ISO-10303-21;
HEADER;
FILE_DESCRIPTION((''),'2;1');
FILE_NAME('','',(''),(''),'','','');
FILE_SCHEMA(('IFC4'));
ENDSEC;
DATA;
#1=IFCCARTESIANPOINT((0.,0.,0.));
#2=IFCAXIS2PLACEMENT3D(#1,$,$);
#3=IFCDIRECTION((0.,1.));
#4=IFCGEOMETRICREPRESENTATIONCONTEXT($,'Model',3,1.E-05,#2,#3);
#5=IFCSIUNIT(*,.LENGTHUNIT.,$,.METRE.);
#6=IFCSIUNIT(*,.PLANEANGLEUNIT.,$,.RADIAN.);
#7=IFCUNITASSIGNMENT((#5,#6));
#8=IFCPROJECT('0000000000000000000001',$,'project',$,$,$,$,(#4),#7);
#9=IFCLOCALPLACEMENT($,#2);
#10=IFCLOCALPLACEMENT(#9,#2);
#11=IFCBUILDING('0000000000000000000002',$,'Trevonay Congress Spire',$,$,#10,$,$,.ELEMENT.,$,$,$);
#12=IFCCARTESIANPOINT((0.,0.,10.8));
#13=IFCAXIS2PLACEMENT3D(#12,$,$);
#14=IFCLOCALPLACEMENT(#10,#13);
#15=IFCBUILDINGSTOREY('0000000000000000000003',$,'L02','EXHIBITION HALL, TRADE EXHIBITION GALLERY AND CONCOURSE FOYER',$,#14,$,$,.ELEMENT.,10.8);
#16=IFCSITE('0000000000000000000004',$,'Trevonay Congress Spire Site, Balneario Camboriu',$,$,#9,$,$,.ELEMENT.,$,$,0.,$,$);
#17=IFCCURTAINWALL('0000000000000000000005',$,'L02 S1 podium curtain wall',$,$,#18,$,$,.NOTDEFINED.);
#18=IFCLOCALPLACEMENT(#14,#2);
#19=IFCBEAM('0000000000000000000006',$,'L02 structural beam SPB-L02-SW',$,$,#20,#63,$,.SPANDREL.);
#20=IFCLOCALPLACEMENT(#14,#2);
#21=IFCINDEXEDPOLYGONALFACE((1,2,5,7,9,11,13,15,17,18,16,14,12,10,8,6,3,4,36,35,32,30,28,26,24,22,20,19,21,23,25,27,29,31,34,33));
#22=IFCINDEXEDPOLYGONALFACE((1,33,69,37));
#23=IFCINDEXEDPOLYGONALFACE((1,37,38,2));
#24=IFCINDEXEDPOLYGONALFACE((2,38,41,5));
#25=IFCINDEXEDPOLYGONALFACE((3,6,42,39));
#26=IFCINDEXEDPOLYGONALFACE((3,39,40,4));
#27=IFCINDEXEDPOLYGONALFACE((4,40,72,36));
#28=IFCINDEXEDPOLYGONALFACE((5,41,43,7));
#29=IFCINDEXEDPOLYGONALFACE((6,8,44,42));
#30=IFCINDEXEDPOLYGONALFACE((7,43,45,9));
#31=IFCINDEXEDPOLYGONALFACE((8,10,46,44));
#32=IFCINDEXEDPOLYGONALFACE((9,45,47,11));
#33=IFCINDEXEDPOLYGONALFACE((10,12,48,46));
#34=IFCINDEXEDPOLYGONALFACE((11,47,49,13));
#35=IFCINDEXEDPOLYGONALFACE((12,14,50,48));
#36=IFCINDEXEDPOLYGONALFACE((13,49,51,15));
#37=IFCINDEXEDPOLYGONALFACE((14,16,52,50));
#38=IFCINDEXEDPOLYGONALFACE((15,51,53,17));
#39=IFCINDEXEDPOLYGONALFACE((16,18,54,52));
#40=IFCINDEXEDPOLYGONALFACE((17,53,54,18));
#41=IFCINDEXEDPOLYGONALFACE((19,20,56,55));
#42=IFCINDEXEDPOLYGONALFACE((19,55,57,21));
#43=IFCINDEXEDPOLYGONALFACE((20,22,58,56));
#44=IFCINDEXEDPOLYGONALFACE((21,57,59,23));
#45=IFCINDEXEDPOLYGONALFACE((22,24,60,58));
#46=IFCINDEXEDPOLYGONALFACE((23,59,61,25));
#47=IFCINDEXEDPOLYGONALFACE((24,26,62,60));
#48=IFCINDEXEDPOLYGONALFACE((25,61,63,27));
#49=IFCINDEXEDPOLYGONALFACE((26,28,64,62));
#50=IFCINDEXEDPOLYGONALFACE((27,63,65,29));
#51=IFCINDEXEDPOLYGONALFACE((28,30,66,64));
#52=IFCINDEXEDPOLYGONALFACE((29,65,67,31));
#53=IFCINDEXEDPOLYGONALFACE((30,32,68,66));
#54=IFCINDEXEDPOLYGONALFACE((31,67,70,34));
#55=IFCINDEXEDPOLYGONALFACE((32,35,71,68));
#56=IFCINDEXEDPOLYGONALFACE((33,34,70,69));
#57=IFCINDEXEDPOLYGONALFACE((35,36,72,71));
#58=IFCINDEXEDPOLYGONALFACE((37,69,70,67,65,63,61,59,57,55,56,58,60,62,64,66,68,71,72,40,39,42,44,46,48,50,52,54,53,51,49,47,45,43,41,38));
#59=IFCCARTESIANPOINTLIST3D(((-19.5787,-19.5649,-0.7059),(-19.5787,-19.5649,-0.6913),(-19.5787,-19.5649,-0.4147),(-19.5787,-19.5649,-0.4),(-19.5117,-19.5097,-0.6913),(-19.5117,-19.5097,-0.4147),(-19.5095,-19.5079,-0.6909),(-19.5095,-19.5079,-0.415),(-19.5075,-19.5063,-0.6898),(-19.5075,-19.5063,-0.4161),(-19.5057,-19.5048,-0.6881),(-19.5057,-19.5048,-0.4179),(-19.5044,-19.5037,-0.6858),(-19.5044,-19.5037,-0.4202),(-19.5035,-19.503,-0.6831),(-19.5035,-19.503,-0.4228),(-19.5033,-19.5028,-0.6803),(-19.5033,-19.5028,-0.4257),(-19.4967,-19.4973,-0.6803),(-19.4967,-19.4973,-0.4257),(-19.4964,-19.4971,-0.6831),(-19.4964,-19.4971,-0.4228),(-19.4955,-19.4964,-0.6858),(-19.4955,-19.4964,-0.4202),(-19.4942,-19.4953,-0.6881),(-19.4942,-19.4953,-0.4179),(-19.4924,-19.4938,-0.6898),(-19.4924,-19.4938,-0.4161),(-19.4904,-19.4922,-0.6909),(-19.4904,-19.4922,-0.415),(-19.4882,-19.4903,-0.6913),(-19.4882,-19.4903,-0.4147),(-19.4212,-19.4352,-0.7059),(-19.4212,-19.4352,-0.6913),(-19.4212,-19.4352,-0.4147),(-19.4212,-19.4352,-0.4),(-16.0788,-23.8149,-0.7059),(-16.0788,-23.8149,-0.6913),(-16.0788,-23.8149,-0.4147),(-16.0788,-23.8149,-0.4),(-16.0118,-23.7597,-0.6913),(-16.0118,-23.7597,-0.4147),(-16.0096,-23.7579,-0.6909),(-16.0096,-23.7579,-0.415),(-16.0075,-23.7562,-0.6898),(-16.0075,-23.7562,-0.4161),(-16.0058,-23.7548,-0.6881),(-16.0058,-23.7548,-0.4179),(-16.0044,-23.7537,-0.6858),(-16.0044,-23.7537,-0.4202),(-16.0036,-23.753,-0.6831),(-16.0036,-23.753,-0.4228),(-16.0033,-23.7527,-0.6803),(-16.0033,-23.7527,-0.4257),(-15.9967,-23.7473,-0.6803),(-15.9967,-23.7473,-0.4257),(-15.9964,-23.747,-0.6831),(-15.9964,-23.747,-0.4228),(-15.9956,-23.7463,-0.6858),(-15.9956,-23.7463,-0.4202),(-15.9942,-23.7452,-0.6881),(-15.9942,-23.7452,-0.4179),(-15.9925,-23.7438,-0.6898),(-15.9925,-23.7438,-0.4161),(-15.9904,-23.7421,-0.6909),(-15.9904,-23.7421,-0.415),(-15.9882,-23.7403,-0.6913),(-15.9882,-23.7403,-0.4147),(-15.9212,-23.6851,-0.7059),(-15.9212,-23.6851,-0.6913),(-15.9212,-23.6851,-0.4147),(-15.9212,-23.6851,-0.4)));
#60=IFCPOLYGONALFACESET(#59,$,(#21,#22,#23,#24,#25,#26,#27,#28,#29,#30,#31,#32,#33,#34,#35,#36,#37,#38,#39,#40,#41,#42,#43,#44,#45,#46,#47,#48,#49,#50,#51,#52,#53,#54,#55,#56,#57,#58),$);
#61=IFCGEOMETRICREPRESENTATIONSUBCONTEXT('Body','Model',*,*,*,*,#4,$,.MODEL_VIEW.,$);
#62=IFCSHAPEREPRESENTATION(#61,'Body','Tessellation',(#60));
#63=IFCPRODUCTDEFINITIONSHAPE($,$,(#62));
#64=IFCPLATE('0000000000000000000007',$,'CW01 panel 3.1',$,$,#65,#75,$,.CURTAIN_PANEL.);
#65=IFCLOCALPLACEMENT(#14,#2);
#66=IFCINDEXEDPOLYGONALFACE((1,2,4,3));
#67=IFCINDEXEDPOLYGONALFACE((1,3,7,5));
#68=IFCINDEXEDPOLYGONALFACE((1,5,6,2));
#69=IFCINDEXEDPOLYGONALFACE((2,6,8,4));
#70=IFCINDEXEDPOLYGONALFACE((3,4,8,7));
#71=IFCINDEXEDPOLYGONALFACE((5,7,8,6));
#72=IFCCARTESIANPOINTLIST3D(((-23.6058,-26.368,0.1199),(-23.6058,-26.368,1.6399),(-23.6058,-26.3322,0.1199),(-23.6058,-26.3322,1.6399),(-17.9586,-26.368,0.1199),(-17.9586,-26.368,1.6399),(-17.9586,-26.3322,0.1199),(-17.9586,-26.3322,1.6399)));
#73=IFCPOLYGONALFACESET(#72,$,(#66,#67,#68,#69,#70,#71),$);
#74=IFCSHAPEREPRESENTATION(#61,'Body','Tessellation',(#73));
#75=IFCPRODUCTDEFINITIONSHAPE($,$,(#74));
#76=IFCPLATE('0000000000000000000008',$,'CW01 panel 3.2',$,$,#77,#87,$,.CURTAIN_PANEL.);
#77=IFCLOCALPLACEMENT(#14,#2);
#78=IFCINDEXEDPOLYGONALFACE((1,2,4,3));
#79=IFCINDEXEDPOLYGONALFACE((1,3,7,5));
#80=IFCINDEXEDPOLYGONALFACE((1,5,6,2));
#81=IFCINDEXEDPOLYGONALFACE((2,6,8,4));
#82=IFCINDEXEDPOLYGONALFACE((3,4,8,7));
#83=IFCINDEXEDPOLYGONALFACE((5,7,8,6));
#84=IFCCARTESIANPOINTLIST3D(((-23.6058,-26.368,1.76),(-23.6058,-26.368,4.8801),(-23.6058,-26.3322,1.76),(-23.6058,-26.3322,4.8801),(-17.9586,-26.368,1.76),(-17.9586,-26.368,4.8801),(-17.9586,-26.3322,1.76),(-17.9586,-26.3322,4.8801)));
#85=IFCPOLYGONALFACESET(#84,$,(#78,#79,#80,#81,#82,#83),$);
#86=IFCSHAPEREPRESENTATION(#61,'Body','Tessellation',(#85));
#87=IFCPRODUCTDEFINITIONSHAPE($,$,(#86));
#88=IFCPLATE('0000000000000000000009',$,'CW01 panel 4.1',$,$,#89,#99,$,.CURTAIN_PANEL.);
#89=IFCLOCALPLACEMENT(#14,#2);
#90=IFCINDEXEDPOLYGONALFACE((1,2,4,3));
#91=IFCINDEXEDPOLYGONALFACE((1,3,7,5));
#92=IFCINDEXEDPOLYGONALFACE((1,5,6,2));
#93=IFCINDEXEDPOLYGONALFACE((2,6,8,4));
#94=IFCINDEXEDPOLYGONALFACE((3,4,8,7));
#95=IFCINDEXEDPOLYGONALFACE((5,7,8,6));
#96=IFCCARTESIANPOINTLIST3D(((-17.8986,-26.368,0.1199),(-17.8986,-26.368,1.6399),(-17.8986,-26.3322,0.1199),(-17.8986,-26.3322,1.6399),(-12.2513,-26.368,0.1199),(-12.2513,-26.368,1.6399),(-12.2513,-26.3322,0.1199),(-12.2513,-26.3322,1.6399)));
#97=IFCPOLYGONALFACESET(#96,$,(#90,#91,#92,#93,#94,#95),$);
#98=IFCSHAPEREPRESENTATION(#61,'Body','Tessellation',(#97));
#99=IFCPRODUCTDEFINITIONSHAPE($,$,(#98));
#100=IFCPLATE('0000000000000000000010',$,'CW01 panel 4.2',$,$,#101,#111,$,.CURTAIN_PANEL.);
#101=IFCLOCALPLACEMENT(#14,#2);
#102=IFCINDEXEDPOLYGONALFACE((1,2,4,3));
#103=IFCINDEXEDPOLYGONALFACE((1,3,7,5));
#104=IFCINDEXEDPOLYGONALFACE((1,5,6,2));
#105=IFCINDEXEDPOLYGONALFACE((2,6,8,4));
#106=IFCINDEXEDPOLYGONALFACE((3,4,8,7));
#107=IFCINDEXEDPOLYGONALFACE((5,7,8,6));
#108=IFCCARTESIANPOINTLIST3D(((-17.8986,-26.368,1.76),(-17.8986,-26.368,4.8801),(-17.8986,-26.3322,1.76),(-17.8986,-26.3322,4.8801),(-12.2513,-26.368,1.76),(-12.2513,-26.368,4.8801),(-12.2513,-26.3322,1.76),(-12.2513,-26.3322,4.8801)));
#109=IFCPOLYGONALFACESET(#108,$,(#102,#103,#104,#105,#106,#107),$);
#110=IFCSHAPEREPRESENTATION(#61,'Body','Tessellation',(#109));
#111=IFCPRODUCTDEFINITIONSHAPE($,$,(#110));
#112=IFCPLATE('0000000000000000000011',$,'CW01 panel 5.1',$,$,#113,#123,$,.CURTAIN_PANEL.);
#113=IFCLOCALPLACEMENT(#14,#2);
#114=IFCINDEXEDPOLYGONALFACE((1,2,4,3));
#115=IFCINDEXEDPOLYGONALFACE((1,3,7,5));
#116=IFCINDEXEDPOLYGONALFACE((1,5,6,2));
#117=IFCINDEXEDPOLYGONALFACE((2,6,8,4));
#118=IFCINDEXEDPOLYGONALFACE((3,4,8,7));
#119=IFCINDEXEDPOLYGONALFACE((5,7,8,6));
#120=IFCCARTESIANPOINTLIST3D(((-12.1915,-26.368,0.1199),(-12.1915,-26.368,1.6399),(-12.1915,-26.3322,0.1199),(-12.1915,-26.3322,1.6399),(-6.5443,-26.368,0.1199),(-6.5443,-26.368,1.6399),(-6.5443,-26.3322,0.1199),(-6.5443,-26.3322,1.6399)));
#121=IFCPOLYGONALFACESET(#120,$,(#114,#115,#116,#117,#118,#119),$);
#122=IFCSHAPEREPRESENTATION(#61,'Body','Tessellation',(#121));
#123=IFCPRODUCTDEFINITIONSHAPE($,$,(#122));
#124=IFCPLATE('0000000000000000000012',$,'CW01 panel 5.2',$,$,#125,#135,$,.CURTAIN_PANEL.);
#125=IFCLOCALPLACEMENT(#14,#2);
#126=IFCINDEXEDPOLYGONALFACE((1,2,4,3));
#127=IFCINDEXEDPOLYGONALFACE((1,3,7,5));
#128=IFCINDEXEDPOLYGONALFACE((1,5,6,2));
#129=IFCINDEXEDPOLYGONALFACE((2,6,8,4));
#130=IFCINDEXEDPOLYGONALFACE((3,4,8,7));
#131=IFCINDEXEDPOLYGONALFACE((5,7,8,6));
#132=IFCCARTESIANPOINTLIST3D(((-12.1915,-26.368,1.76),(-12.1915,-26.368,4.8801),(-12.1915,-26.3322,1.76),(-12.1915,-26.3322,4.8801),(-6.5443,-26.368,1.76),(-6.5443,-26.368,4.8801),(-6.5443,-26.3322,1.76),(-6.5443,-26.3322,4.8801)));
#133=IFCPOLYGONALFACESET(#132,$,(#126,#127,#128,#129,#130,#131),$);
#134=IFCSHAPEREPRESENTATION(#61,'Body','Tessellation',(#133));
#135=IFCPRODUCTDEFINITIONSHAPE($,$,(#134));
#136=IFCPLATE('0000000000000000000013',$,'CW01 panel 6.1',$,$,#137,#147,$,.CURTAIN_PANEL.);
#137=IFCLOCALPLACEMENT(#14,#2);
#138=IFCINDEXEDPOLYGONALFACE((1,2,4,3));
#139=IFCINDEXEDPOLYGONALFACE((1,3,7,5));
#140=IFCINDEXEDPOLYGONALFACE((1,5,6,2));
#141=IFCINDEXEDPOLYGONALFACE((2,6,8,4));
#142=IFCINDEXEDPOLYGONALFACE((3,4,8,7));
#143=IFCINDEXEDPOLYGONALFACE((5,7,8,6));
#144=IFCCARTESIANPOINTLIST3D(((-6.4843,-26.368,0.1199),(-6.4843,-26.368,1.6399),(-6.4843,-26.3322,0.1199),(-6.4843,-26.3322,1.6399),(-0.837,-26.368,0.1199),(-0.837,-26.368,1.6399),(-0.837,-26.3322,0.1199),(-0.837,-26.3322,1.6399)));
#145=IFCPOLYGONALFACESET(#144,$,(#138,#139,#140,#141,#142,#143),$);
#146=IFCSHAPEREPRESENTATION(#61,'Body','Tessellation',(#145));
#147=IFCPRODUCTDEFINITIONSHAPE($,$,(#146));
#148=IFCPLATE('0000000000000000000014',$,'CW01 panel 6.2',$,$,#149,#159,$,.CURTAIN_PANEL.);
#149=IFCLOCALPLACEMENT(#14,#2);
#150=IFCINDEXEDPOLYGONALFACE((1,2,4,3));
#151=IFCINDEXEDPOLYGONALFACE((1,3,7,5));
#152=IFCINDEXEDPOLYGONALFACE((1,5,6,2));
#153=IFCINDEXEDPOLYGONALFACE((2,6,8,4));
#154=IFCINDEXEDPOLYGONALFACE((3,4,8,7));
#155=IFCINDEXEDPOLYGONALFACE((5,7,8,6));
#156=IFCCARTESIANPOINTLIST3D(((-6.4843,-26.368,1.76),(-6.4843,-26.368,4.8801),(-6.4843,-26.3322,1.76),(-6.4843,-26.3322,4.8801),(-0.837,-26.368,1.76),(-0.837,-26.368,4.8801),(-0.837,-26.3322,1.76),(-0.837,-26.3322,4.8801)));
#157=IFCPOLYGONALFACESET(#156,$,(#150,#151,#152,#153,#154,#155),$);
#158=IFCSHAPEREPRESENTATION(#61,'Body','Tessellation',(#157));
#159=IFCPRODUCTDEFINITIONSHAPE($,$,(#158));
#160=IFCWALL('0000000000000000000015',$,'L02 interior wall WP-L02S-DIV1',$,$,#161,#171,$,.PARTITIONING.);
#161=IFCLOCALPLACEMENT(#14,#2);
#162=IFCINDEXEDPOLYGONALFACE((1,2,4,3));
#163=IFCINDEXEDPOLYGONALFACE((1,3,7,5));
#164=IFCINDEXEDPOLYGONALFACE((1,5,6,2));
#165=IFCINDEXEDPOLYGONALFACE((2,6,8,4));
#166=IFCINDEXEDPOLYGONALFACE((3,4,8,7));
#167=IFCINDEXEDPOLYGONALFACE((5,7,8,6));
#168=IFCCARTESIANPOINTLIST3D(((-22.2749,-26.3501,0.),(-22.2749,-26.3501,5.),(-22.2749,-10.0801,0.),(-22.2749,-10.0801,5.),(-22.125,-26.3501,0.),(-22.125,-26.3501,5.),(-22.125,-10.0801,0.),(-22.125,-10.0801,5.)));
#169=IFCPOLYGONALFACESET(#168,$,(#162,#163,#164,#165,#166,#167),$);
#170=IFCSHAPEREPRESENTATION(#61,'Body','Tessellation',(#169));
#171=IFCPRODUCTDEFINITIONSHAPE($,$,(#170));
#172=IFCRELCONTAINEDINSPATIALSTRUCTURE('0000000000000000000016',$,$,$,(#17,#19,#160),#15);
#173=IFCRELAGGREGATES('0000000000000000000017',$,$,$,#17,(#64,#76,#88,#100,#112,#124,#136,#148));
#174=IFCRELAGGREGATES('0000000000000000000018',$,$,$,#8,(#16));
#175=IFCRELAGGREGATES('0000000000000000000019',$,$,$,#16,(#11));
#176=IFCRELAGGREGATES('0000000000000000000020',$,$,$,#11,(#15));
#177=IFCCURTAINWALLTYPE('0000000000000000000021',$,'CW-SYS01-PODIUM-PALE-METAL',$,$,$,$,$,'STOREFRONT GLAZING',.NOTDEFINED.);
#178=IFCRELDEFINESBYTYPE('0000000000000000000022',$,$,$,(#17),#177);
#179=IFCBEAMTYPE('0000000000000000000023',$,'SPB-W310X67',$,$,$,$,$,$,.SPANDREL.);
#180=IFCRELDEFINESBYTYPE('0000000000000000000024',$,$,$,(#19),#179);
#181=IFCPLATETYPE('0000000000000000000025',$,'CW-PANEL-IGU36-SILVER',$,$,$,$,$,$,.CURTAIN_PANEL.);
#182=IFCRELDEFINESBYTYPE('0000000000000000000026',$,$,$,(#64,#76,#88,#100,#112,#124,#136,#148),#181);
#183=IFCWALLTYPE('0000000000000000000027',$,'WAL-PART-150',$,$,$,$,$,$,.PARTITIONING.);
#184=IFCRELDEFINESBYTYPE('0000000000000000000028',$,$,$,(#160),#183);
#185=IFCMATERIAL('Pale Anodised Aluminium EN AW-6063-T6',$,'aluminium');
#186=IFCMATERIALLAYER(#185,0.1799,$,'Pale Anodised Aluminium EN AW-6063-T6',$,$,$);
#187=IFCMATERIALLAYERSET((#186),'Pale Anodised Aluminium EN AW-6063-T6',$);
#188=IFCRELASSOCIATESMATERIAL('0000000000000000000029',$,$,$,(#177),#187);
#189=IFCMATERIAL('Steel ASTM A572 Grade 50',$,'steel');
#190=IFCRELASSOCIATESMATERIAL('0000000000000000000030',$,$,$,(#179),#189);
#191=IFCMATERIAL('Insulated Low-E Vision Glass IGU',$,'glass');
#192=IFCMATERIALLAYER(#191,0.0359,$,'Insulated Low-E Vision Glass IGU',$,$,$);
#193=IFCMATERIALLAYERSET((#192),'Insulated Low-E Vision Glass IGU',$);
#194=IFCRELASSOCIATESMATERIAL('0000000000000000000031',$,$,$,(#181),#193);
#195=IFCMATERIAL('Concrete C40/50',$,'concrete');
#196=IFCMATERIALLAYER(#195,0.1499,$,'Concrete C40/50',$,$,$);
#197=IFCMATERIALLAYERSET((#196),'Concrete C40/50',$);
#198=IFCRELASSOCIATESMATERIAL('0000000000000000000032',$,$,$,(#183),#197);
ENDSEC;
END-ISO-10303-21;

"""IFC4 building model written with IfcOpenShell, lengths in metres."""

from ifc_helpers import new_model, si_unit, direction, frame, frame_2d, origin, origin_2d, place, context, subcontext, project, spatial, rectangle, i_section, extrude, material, layer, layer_set, material_profile, profile_set, type_object, element, aggregate, save


model = new_model("IFC4")

# Units and contexts
model_context = context("Model", 3, precision=1e-05, world=origin(), true_north=direction((0.0, 1.0)))
body_context = subcontext(model_context, "Body", "Model", "MODEL_VIEW")
ifc_project = project(units=[si_unit("LENGTHUNIT", "METRE"), si_unit("PLANEANGLEUNIT", "RADIAN")], contexts=[model_context])

# Site, building, storey
site_placement = place(None, origin())
site = spatial("IfcSite", under=ifc_project, at=site_placement, Name="Trevonay Congress Spire Site, Balneario Camboriu", CompositionType="ELEMENT", RefElevation=0.0)
building_placement = place(site_placement, origin())
building = spatial("IfcBuilding", under=site, at=building_placement, Name="Trevonay Congress Spire", CompositionType="ELEMENT")
storey_placement = place(building_placement, frame((0.0, 0.0, 10.8)))
storey = spatial("IfcBuildingStorey", under=building, at=storey_placement, Name="L02", Description="EXHIBITION HALL, TRADE EXHIBITION GALLERY AND CONCOURSE FOYER", CompositionType="ELEMENT", Elevation=10.8)

# Shared definitions
ifc_material_1 = material(Name="Steel ASTM A572 Grade 50", Category="steel")

# Curtain wall
ifc_material_2 = material(Name="Pale Anodised Aluminium EN AW-6063-T6", Category="aluminium")
ifc_layer_1 = layer(ifc_material_2, 0.1799, Name="Pale Anodised Aluminium EN AW-6063-T6")
ifc_layer_set_1 = layer_set([ifc_layer_1], Name="Pale Anodised Aluminium EN AW-6063-T6")
curtain_wall_type = type_object("IfcCurtainWallType", Name="CW-SYS01-PODIUM-PALE-METAL", ElementType="STOREFRONT GLAZING", PredefinedType="NOTDEFINED", material=ifc_layer_set_1)
curtain_wall_placement = place(storey_placement, origin())
curtain_wall = element("IfcCurtainWall", 1, at=curtain_wall_placement, inside=storey, type_object=curtain_wall_type, Name="L02 S1 podium curtain wall", PredefinedType="NOTDEFINED")

# Beam
ifc_material_profile_1 = material_profile(ifc_material_1, i_section(OverallWidth=0.2041, OverallDepth=0.3059, WebThickness=0.0085, FlangeThickness=0.0146, FilletRadius=0.011, at=origin_2d()), Name="W310x67")
ifc_profile_set_1 = profile_set([ifc_material_profile_1], Name="Steel ASTM A572 Grade 50")
beam_type_1 = type_object("IfcBeamType", Name="SPB-W310X67", PredefinedType="SPANDREL", material=ifc_profile_set_1)
beam_1_placement = place(storey_placement, frame((-16.0, -23.75, -0.553), z_axis=(-0.635707, 0.77193, 0.0), x_axis=(-0.77193, -0.635707, 0.0)))
element("IfcBeam", 2, at=beam_1_placement, inside=storey, type_object=beam_type_1, Name="L02 structural beam SPB-L02-SW", PredefinedType="SPANDREL", context=body_context, shape_type="SweptSolid", body=[
    extrude(i_section(OverallWidth=0.2041, OverallDepth=0.3059, WebThickness=0.0085, FlangeThickness=0.0146, FilletRadius=0.011, at=origin_2d()), origin(), (0.0, 0.0, 1.0), 5.5056),
])

# Plates
ifc_material_3 = material(Name="Insulated Low-E Vision Glass IGU", Category="glass")
ifc_layer_2 = layer(ifc_material_3, 0.0359, Name="Insulated Low-E Vision Glass IGU")
ifc_layer_set_2 = layer_set([ifc_layer_2], Name="Insulated Low-E Vision Glass IGU")
plate_type = type_object("IfcPlateType", Name="CW-PANEL-IGU36-SILVER", PredefinedType="CURTAIN_PANEL", material=ifc_layer_set_2)
plate_1_placement = place(storey_placement, frame((-20.7822, -26.3501, 0.1199), z_axis=(0.0, 0.0, 1.0), x_axis=(1.0, 0.0, 0.0)))
plate_1 = element("IfcPlate", 3, at=plate_1_placement, type_object=plate_type, Name="CW01 panel 3.1", PredefinedType="CURTAIN_PANEL", context=body_context, shape_type="SweptSolid", body=[
    extrude(rectangle(XDim=5.6472, YDim=0.0359, at=origin_2d()), origin(), (0.0, 0.0, 1.0), 1.52),
])
plate_2_placement = place(storey_placement, frame((-20.7822, -26.3501, 1.76), z_axis=(0.0, 0.0, 1.0), x_axis=(1.0, 0.0, 0.0)))
plate_2 = element("IfcPlate", 4, at=plate_2_placement, type_object=plate_type, Name="CW01 panel 3.2", PredefinedType="CURTAIN_PANEL", context=body_context, shape_type="SweptSolid", body=[
    extrude(rectangle(XDim=5.6472, YDim=0.0359, at=origin_2d()), origin(), (0.0, 0.0, 1.0), 3.1201),
])
plate_3_placement = place(storey_placement, frame((-15.075, -26.3501, 0.1199), z_axis=(0.0, 0.0, 1.0), x_axis=(1.0, 0.0, 0.0)))
plate_3 = element("IfcPlate", 5, at=plate_3_placement, type_object=plate_type, Name="CW01 panel 4.1", PredefinedType="CURTAIN_PANEL", context=body_context, shape_type="SweptSolid", body=[
    extrude(rectangle(XDim=5.6472, YDim=0.0359, at=origin_2d()), origin(), (0.0, 0.0, 1.0), 1.52),
])
plate_4_placement = place(storey_placement, frame((-15.075, -26.3501, 1.76), z_axis=(0.0, 0.0, 1.0), x_axis=(1.0, 0.0, 0.0)))
plate_4 = element("IfcPlate", 6, at=plate_4_placement, type_object=plate_type, Name="CW01 panel 4.2", PredefinedType="CURTAIN_PANEL", context=body_context, shape_type="SweptSolid", body=[
    extrude(rectangle(XDim=5.6472, YDim=0.0359, at=origin_2d()), origin(), (0.0, 0.0, 1.0), 3.1201),
])
plate_5_placement = place(storey_placement, frame((-9.3679, -26.3501, 0.1199), z_axis=(0.0, 0.0, 1.0), x_axis=(1.0, 0.0, 0.0)))
plate_5 = element("IfcPlate", 7, at=plate_5_placement, type_object=plate_type, Name="CW01 panel 5.1", PredefinedType="CURTAIN_PANEL", context=body_context, shape_type="SweptSolid", body=[
    extrude(rectangle(XDim=5.6472, YDim=0.0359, at=origin_2d()), origin(), (0.0, 0.0, 1.0), 1.52),
])
plate_6_placement = place(storey_placement, frame((-9.3679, -26.3501, 1.76), z_axis=(0.0, 0.0, 1.0), x_axis=(1.0, 0.0, 0.0)))
plate_6 = element("IfcPlate", 8, at=plate_6_placement, type_object=plate_type, Name="CW01 panel 5.2", PredefinedType="CURTAIN_PANEL", context=body_context, shape_type="SweptSolid", body=[
    extrude(rectangle(XDim=5.6472, YDim=0.0359, at=origin_2d()), origin(), (0.0, 0.0, 1.0), 3.1201),
])
plate_7_placement = place(storey_placement, frame((-3.6606, -26.3501, 0.1199), z_axis=(0.0, 0.0, 1.0), x_axis=(1.0, 0.0, 0.0)))
plate_7 = element("IfcPlate", 9, at=plate_7_placement, type_object=plate_type, Name="CW01 panel 6.1", PredefinedType="CURTAIN_PANEL", context=body_context, shape_type="SweptSolid", body=[
    extrude(rectangle(XDim=5.6472, YDim=0.0359, at=origin_2d()), origin(), (0.0, 0.0, 1.0), 1.52),
])
plate_8_placement = place(storey_placement, frame((-3.6606, -26.3501, 1.76), z_axis=(0.0, 0.0, 1.0), x_axis=(1.0, 0.0, 0.0)))
plate_8 = element("IfcPlate", 10, at=plate_8_placement, type_object=plate_type, Name="CW01 panel 6.2", PredefinedType="CURTAIN_PANEL", context=body_context, shape_type="SweptSolid", body=[
    extrude(rectangle(XDim=5.6472, YDim=0.0359, at=origin_2d()), origin(), (0.0, 0.0, 1.0), 3.1201),
])
aggregate(curtain_wall, [plate_1, plate_2, plate_3, plate_4, plate_5, plate_6, plate_7, plate_8])

# Wall
ifc_material_4 = material(Name="Concrete C40/50", Category="concrete")
ifc_layer_3 = layer(ifc_material_4, 0.1499, Name="Concrete C40/50")
ifc_layer_set_3 = layer_set([ifc_layer_3], Name="Concrete C40/50")
wall_type = type_object("IfcWallType", Name="WAL-PART-150", PredefinedType="PARTITIONING", material=ifc_layer_set_3)
wall_placement = place(storey_placement, frame((-22.2, -26.3501, 0.0), z_axis=(0.0, 0.0, 1.0), x_axis=(0.0, 1.0, 0.0)))
element("IfcWall", 11, at=wall_placement, inside=storey, type_object=wall_type, Name="L02 interior wall WP-L02S-DIV1", PredefinedType="PARTITIONING", context=body_context, shape_type="SweptSolid", body=[
    extrude(rectangle(XDim=16.27, YDim=0.1499, at=frame_2d((8.135, 0.0))), origin(), (0.0, 0.0, 1.0), 5.0),
])

save(model, "model.ifc")
